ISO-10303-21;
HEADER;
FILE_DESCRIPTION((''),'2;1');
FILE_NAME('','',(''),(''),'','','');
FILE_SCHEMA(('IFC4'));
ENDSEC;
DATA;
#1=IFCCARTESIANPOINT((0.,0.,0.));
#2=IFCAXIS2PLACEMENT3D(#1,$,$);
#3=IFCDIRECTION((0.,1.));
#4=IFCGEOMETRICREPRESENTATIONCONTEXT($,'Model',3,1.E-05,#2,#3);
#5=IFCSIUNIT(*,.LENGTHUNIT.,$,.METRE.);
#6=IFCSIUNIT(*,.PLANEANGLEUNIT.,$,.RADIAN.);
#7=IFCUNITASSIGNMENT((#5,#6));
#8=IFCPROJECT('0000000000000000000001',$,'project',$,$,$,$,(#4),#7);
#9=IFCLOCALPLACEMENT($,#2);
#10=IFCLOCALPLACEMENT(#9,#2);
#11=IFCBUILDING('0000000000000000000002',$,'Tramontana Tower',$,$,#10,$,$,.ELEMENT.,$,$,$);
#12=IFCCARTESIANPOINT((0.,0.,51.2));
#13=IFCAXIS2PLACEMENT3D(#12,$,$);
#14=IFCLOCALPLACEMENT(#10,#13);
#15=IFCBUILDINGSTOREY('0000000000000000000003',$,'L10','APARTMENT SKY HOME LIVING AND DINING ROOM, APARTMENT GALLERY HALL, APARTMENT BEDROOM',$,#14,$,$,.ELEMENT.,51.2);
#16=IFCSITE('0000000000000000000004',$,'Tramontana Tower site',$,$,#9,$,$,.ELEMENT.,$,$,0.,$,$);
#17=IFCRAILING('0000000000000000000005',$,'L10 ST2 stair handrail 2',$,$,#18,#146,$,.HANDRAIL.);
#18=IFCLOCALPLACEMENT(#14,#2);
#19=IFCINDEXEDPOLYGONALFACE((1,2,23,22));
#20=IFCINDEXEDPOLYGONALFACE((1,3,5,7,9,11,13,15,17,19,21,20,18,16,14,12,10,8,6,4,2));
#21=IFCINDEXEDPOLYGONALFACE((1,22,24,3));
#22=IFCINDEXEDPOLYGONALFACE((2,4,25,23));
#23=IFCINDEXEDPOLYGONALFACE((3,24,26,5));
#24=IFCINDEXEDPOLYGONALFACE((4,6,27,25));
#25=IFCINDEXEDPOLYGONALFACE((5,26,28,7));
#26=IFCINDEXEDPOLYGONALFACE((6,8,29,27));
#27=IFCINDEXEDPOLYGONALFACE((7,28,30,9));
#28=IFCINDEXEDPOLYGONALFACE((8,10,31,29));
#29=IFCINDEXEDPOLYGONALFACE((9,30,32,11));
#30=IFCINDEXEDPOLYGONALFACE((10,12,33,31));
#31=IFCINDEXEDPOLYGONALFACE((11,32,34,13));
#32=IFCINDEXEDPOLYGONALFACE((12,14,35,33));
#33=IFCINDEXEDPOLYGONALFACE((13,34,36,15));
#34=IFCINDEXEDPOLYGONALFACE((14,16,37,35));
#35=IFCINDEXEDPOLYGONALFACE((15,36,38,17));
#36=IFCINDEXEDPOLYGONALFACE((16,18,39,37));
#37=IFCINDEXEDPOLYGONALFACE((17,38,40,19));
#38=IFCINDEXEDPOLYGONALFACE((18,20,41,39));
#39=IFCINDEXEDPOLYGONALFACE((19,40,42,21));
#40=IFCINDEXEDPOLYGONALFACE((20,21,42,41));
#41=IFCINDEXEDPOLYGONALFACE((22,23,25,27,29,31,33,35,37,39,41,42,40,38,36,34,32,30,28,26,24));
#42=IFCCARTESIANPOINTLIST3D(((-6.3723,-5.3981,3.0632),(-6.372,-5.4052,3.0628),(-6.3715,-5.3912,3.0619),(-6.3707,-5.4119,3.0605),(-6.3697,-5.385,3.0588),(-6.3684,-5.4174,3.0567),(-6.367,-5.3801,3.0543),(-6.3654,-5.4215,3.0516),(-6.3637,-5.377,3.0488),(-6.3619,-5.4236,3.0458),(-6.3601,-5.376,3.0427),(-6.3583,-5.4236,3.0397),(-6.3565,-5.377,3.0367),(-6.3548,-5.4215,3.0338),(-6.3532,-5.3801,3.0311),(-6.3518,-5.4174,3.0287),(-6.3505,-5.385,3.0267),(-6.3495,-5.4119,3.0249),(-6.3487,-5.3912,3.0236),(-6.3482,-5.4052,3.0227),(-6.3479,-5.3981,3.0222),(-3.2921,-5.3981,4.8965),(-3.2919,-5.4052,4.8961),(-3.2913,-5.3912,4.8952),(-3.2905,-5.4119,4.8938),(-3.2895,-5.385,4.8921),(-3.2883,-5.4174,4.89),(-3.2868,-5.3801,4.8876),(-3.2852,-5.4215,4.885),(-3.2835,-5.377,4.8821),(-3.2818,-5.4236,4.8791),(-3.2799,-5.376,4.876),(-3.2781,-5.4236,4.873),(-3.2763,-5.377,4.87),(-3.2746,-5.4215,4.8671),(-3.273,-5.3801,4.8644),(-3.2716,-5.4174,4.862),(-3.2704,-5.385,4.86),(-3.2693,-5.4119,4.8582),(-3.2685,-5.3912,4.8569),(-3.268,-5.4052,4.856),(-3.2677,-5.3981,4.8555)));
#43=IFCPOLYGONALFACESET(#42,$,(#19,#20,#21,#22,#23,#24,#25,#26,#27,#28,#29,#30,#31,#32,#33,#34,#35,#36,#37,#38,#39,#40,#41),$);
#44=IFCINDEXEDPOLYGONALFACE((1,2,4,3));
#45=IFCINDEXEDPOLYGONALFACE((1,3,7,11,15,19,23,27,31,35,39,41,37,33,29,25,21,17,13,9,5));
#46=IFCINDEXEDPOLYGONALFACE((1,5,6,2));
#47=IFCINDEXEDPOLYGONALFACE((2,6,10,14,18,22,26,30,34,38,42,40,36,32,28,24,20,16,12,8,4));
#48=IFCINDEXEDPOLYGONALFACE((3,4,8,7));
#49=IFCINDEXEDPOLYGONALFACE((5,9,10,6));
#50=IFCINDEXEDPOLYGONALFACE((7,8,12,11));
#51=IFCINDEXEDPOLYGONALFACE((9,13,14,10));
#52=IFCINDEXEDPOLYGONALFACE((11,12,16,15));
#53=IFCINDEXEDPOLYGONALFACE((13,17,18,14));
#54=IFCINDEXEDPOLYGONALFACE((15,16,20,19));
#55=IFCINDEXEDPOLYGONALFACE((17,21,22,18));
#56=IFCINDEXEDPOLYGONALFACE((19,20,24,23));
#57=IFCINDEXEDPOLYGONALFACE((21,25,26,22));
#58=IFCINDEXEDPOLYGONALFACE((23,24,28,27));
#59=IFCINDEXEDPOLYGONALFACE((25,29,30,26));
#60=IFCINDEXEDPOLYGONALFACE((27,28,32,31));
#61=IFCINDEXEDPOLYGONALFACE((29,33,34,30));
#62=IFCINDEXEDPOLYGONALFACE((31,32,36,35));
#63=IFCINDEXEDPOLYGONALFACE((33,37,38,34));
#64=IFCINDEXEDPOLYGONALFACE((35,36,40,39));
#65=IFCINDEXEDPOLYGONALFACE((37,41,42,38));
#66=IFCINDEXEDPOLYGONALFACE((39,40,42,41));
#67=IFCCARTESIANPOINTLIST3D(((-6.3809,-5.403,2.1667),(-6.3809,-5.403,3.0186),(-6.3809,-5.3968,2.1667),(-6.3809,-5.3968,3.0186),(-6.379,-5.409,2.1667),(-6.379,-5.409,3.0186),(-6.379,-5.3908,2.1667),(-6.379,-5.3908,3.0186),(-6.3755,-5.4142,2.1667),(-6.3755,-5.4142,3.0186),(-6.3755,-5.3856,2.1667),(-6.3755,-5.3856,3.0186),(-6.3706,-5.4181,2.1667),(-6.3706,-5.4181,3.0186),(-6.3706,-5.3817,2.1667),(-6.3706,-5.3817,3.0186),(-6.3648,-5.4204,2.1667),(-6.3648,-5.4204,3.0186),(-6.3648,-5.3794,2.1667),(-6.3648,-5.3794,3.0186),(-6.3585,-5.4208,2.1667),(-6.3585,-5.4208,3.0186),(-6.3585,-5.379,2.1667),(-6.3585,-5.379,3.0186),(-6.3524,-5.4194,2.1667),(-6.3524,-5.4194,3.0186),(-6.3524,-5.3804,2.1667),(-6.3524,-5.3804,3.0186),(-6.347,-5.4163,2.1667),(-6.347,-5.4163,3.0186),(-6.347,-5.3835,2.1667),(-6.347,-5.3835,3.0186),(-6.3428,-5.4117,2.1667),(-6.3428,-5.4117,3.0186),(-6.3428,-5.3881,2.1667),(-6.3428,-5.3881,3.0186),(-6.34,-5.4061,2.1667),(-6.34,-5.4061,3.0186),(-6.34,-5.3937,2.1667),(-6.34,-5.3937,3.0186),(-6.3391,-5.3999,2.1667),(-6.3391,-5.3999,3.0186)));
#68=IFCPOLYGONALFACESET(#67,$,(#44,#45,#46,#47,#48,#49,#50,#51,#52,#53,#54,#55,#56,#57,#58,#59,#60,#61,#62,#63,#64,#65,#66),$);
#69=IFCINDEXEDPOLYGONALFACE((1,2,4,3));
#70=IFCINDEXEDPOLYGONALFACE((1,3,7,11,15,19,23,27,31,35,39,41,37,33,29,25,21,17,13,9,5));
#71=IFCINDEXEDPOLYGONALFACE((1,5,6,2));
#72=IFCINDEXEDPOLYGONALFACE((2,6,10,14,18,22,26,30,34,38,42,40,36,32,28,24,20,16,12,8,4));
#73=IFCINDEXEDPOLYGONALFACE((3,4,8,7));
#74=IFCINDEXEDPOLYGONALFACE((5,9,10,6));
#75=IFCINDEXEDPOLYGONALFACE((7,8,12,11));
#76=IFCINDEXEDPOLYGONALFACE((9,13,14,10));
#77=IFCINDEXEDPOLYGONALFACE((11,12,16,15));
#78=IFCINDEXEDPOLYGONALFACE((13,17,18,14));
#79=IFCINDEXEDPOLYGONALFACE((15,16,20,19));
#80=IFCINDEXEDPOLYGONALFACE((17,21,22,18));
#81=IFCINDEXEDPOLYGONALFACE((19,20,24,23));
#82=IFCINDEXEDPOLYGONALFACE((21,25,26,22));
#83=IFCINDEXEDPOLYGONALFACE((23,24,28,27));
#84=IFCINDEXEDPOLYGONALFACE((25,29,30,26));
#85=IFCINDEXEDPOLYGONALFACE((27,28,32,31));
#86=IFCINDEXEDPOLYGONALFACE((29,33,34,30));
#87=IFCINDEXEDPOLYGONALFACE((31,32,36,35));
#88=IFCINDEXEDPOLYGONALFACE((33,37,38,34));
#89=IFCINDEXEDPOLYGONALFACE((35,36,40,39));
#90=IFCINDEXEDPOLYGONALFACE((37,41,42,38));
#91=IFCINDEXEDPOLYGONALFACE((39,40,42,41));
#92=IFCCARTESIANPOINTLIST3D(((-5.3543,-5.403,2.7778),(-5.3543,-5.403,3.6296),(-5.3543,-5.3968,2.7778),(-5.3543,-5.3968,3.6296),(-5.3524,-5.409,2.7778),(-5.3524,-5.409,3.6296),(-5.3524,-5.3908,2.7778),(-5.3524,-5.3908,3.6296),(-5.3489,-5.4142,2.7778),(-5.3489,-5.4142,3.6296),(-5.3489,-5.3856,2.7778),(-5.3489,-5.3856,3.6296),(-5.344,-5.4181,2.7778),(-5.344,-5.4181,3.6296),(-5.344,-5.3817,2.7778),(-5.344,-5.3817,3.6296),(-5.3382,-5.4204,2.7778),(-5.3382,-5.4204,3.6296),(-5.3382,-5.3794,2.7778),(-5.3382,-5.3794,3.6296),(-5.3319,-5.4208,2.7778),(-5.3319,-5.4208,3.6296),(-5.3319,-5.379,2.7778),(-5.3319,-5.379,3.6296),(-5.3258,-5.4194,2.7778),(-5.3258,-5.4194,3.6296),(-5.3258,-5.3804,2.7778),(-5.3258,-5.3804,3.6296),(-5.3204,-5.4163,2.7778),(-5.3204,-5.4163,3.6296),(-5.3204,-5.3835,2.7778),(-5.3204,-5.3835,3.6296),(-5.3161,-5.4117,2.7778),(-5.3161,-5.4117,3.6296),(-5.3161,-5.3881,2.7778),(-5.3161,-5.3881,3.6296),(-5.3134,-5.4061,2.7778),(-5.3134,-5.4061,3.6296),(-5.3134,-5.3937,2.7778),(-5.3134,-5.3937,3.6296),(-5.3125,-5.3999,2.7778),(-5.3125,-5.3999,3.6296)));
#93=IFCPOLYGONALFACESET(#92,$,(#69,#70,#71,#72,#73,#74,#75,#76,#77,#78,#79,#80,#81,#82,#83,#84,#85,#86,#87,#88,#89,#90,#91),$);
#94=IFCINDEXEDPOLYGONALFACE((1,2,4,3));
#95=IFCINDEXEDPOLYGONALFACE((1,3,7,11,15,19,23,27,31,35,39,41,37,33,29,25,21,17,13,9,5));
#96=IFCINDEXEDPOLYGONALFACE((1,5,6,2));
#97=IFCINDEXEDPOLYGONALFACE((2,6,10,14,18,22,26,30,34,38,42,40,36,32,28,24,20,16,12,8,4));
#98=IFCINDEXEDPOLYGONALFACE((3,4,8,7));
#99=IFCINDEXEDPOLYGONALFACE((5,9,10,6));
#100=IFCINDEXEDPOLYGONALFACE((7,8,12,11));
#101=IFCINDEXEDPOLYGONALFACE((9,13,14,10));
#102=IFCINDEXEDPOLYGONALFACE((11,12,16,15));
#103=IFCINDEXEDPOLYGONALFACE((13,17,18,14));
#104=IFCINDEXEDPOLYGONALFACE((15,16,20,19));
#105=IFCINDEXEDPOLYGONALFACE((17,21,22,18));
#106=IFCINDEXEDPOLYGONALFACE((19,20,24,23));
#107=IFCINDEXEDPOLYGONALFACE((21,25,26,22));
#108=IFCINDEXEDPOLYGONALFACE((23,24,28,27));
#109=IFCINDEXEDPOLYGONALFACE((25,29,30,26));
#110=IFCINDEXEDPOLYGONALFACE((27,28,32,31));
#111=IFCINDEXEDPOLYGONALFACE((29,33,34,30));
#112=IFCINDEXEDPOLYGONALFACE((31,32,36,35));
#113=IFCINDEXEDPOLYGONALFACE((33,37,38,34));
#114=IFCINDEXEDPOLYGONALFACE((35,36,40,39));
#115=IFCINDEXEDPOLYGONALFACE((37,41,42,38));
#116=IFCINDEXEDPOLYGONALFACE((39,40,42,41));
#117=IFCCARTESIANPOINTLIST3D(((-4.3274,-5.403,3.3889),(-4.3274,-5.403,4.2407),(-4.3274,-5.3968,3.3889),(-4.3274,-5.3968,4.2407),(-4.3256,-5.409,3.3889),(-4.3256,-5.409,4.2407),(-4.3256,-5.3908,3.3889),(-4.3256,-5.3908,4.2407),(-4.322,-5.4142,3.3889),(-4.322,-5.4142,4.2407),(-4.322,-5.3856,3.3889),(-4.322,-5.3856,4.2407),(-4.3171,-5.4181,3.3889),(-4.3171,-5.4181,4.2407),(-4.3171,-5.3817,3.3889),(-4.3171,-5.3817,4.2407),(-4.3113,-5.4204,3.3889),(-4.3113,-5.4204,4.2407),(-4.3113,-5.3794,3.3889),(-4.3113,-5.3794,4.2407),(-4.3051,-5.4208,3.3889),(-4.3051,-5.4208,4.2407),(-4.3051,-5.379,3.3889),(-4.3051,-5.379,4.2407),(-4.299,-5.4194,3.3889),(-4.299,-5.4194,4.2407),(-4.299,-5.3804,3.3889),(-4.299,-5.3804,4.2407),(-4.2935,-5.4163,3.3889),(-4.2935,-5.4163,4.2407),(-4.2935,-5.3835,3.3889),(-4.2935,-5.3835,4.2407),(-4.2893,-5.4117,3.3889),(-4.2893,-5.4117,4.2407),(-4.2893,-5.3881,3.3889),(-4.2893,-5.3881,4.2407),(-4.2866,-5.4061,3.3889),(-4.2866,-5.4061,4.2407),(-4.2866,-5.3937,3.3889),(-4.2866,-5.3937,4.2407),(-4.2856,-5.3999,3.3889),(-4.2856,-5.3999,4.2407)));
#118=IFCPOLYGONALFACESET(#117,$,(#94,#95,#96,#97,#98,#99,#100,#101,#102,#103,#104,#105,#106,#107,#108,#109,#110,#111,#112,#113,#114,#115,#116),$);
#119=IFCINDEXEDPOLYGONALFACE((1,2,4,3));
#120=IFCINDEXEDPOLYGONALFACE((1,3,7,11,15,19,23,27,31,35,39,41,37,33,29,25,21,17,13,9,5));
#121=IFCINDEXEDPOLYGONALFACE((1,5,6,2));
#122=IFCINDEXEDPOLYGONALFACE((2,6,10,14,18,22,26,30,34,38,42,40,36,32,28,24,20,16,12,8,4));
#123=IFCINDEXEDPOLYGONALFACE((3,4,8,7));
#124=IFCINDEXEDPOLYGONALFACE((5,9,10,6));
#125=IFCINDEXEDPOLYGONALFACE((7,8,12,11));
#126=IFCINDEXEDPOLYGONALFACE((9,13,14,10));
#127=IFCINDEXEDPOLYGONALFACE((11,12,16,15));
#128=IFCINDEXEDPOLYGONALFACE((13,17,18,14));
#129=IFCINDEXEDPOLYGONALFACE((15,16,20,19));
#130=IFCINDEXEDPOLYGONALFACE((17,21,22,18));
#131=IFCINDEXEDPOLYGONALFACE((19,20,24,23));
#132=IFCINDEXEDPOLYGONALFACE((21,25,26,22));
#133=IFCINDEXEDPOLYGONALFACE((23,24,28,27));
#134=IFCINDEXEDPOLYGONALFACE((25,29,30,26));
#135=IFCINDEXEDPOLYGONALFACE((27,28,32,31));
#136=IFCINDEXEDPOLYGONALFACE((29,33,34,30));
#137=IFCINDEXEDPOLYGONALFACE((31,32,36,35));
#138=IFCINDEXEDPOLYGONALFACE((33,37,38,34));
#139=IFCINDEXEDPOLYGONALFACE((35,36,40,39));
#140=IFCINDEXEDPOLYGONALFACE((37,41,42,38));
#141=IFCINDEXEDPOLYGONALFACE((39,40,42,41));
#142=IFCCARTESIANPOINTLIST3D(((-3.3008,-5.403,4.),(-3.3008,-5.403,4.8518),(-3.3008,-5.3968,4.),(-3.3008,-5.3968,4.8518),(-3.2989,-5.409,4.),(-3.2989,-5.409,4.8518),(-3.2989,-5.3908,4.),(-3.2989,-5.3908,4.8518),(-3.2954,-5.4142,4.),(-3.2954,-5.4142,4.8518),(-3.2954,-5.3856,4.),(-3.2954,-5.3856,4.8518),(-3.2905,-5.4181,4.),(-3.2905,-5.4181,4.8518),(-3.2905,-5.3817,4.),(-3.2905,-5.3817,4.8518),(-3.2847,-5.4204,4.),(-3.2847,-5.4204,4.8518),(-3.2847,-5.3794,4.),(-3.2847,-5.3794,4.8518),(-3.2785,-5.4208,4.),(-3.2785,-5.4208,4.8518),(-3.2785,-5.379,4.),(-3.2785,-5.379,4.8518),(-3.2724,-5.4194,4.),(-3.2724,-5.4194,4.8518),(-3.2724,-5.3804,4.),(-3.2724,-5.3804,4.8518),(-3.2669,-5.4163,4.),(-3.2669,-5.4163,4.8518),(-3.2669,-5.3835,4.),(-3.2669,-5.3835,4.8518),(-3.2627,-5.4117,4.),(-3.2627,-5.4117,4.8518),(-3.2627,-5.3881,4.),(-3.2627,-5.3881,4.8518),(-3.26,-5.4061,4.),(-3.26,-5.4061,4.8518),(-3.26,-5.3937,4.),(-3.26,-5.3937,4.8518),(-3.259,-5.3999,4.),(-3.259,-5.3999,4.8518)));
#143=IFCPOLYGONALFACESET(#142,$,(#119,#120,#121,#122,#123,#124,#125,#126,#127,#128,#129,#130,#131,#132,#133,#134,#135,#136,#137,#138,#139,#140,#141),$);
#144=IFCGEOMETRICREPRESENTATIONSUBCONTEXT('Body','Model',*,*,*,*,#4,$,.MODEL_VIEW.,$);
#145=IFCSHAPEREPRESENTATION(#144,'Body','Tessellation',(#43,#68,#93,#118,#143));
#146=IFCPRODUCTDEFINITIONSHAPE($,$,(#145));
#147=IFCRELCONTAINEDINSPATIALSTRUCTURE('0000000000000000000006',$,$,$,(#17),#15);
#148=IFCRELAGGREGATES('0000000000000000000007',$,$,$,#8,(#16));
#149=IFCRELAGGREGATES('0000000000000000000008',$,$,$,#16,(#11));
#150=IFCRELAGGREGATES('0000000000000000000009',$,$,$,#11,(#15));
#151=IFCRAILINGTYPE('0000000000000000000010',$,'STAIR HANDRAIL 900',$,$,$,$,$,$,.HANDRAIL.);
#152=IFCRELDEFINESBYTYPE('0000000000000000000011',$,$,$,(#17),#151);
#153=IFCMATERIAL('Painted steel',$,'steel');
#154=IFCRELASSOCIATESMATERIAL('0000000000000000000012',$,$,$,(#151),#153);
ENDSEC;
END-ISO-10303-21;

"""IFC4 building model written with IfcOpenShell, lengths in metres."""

from ifc_helpers import new_model, si_unit, direction, frame, origin, origin_2d, place, context, subcontext, project, spatial, circle, extrude, material, type_object, element, save


model = new_model("IFC4")

# Units and contexts
model_context = context("Model", 3, precision=1e-05, world=origin(), true_north=direction((0.0, 1.0)))
body_context = subcontext(model_context, "Body", "Model", "MODEL_VIEW")
ifc_project = project(units=[si_unit("LENGTHUNIT", "METRE"), si_unit("PLANEANGLEUNIT", "RADIAN")], contexts=[model_context])

# Site, building, storey
site_placement = place(None, origin())
site = spatial("IfcSite", under=ifc_project, at=site_placement, Name="Tramontana Tower site", CompositionType="ELEMENT", RefElevation=0.0)
building_placement = place(site_placement, origin())
building = spatial("IfcBuilding", under=site, at=building_placement, Name="Tramontana Tower", CompositionType="ELEMENT")
storey_placement = place(building_placement, frame((0.0, 0.0, 51.2)))
storey = spatial("IfcBuildingStorey", under=building, at=storey_placement, Name="L10", Description="APARTMENT SKY HOME LIVING AND DINING ROOM, APARTMENT GALLERY HALL, APARTMENT BEDROOM", CompositionType="ELEMENT", Elevation=51.2)

# Railing
ifc_material_1 = material(Name="Painted steel", Category="steel")
railing_type_1 = type_object("IfcRailingType", Name="STAIR HANDRAIL 900", PredefinedType="HANDRAIL", material=ifc_material_1)
railing_1_placement = place(storey_placement, frame((-6.3601, -5.3999, 2.1667)))
element("IfcRailing", 1, at=railing_1_placement, inside=storey, type_object=railing_type_1, Name="L10 ST2 stair handrail 2", PredefinedType="HANDRAIL", context=body_context, shape_type="SweptSolid", body=[
    extrude(circle(Radius=0.0239, at=origin_2d()), frame((0.0, 0.0, 0.876), z_axis=(0.859309, 0.0, 0.511458), x_axis=(0.0, 1.0, 0.0)), (0.0, 0.0, 1.0), 3.5845),
    extrude(circle(Radius=0.021, at=origin_2d()), origin(), (0.0, 0.0, 1.0), 0.8518),
    extrude(circle(Radius=0.021, at=origin_2d()), frame((1.0266, 0.0, 0.6111)), (0.0, 0.0, 1.0), 0.8518),
    extrude(circle(Radius=0.021, at=origin_2d()), frame((2.0535, 0.0, 1.2222)), (0.0, 0.0, 1.0), 0.8518),
    extrude(circle(Radius=0.021, at=origin_2d()), frame((3.0801, 0.0, 1.8333)), (0.0, 0.0, 1.0), 0.8518),
])

save(model, "model.ifc")
